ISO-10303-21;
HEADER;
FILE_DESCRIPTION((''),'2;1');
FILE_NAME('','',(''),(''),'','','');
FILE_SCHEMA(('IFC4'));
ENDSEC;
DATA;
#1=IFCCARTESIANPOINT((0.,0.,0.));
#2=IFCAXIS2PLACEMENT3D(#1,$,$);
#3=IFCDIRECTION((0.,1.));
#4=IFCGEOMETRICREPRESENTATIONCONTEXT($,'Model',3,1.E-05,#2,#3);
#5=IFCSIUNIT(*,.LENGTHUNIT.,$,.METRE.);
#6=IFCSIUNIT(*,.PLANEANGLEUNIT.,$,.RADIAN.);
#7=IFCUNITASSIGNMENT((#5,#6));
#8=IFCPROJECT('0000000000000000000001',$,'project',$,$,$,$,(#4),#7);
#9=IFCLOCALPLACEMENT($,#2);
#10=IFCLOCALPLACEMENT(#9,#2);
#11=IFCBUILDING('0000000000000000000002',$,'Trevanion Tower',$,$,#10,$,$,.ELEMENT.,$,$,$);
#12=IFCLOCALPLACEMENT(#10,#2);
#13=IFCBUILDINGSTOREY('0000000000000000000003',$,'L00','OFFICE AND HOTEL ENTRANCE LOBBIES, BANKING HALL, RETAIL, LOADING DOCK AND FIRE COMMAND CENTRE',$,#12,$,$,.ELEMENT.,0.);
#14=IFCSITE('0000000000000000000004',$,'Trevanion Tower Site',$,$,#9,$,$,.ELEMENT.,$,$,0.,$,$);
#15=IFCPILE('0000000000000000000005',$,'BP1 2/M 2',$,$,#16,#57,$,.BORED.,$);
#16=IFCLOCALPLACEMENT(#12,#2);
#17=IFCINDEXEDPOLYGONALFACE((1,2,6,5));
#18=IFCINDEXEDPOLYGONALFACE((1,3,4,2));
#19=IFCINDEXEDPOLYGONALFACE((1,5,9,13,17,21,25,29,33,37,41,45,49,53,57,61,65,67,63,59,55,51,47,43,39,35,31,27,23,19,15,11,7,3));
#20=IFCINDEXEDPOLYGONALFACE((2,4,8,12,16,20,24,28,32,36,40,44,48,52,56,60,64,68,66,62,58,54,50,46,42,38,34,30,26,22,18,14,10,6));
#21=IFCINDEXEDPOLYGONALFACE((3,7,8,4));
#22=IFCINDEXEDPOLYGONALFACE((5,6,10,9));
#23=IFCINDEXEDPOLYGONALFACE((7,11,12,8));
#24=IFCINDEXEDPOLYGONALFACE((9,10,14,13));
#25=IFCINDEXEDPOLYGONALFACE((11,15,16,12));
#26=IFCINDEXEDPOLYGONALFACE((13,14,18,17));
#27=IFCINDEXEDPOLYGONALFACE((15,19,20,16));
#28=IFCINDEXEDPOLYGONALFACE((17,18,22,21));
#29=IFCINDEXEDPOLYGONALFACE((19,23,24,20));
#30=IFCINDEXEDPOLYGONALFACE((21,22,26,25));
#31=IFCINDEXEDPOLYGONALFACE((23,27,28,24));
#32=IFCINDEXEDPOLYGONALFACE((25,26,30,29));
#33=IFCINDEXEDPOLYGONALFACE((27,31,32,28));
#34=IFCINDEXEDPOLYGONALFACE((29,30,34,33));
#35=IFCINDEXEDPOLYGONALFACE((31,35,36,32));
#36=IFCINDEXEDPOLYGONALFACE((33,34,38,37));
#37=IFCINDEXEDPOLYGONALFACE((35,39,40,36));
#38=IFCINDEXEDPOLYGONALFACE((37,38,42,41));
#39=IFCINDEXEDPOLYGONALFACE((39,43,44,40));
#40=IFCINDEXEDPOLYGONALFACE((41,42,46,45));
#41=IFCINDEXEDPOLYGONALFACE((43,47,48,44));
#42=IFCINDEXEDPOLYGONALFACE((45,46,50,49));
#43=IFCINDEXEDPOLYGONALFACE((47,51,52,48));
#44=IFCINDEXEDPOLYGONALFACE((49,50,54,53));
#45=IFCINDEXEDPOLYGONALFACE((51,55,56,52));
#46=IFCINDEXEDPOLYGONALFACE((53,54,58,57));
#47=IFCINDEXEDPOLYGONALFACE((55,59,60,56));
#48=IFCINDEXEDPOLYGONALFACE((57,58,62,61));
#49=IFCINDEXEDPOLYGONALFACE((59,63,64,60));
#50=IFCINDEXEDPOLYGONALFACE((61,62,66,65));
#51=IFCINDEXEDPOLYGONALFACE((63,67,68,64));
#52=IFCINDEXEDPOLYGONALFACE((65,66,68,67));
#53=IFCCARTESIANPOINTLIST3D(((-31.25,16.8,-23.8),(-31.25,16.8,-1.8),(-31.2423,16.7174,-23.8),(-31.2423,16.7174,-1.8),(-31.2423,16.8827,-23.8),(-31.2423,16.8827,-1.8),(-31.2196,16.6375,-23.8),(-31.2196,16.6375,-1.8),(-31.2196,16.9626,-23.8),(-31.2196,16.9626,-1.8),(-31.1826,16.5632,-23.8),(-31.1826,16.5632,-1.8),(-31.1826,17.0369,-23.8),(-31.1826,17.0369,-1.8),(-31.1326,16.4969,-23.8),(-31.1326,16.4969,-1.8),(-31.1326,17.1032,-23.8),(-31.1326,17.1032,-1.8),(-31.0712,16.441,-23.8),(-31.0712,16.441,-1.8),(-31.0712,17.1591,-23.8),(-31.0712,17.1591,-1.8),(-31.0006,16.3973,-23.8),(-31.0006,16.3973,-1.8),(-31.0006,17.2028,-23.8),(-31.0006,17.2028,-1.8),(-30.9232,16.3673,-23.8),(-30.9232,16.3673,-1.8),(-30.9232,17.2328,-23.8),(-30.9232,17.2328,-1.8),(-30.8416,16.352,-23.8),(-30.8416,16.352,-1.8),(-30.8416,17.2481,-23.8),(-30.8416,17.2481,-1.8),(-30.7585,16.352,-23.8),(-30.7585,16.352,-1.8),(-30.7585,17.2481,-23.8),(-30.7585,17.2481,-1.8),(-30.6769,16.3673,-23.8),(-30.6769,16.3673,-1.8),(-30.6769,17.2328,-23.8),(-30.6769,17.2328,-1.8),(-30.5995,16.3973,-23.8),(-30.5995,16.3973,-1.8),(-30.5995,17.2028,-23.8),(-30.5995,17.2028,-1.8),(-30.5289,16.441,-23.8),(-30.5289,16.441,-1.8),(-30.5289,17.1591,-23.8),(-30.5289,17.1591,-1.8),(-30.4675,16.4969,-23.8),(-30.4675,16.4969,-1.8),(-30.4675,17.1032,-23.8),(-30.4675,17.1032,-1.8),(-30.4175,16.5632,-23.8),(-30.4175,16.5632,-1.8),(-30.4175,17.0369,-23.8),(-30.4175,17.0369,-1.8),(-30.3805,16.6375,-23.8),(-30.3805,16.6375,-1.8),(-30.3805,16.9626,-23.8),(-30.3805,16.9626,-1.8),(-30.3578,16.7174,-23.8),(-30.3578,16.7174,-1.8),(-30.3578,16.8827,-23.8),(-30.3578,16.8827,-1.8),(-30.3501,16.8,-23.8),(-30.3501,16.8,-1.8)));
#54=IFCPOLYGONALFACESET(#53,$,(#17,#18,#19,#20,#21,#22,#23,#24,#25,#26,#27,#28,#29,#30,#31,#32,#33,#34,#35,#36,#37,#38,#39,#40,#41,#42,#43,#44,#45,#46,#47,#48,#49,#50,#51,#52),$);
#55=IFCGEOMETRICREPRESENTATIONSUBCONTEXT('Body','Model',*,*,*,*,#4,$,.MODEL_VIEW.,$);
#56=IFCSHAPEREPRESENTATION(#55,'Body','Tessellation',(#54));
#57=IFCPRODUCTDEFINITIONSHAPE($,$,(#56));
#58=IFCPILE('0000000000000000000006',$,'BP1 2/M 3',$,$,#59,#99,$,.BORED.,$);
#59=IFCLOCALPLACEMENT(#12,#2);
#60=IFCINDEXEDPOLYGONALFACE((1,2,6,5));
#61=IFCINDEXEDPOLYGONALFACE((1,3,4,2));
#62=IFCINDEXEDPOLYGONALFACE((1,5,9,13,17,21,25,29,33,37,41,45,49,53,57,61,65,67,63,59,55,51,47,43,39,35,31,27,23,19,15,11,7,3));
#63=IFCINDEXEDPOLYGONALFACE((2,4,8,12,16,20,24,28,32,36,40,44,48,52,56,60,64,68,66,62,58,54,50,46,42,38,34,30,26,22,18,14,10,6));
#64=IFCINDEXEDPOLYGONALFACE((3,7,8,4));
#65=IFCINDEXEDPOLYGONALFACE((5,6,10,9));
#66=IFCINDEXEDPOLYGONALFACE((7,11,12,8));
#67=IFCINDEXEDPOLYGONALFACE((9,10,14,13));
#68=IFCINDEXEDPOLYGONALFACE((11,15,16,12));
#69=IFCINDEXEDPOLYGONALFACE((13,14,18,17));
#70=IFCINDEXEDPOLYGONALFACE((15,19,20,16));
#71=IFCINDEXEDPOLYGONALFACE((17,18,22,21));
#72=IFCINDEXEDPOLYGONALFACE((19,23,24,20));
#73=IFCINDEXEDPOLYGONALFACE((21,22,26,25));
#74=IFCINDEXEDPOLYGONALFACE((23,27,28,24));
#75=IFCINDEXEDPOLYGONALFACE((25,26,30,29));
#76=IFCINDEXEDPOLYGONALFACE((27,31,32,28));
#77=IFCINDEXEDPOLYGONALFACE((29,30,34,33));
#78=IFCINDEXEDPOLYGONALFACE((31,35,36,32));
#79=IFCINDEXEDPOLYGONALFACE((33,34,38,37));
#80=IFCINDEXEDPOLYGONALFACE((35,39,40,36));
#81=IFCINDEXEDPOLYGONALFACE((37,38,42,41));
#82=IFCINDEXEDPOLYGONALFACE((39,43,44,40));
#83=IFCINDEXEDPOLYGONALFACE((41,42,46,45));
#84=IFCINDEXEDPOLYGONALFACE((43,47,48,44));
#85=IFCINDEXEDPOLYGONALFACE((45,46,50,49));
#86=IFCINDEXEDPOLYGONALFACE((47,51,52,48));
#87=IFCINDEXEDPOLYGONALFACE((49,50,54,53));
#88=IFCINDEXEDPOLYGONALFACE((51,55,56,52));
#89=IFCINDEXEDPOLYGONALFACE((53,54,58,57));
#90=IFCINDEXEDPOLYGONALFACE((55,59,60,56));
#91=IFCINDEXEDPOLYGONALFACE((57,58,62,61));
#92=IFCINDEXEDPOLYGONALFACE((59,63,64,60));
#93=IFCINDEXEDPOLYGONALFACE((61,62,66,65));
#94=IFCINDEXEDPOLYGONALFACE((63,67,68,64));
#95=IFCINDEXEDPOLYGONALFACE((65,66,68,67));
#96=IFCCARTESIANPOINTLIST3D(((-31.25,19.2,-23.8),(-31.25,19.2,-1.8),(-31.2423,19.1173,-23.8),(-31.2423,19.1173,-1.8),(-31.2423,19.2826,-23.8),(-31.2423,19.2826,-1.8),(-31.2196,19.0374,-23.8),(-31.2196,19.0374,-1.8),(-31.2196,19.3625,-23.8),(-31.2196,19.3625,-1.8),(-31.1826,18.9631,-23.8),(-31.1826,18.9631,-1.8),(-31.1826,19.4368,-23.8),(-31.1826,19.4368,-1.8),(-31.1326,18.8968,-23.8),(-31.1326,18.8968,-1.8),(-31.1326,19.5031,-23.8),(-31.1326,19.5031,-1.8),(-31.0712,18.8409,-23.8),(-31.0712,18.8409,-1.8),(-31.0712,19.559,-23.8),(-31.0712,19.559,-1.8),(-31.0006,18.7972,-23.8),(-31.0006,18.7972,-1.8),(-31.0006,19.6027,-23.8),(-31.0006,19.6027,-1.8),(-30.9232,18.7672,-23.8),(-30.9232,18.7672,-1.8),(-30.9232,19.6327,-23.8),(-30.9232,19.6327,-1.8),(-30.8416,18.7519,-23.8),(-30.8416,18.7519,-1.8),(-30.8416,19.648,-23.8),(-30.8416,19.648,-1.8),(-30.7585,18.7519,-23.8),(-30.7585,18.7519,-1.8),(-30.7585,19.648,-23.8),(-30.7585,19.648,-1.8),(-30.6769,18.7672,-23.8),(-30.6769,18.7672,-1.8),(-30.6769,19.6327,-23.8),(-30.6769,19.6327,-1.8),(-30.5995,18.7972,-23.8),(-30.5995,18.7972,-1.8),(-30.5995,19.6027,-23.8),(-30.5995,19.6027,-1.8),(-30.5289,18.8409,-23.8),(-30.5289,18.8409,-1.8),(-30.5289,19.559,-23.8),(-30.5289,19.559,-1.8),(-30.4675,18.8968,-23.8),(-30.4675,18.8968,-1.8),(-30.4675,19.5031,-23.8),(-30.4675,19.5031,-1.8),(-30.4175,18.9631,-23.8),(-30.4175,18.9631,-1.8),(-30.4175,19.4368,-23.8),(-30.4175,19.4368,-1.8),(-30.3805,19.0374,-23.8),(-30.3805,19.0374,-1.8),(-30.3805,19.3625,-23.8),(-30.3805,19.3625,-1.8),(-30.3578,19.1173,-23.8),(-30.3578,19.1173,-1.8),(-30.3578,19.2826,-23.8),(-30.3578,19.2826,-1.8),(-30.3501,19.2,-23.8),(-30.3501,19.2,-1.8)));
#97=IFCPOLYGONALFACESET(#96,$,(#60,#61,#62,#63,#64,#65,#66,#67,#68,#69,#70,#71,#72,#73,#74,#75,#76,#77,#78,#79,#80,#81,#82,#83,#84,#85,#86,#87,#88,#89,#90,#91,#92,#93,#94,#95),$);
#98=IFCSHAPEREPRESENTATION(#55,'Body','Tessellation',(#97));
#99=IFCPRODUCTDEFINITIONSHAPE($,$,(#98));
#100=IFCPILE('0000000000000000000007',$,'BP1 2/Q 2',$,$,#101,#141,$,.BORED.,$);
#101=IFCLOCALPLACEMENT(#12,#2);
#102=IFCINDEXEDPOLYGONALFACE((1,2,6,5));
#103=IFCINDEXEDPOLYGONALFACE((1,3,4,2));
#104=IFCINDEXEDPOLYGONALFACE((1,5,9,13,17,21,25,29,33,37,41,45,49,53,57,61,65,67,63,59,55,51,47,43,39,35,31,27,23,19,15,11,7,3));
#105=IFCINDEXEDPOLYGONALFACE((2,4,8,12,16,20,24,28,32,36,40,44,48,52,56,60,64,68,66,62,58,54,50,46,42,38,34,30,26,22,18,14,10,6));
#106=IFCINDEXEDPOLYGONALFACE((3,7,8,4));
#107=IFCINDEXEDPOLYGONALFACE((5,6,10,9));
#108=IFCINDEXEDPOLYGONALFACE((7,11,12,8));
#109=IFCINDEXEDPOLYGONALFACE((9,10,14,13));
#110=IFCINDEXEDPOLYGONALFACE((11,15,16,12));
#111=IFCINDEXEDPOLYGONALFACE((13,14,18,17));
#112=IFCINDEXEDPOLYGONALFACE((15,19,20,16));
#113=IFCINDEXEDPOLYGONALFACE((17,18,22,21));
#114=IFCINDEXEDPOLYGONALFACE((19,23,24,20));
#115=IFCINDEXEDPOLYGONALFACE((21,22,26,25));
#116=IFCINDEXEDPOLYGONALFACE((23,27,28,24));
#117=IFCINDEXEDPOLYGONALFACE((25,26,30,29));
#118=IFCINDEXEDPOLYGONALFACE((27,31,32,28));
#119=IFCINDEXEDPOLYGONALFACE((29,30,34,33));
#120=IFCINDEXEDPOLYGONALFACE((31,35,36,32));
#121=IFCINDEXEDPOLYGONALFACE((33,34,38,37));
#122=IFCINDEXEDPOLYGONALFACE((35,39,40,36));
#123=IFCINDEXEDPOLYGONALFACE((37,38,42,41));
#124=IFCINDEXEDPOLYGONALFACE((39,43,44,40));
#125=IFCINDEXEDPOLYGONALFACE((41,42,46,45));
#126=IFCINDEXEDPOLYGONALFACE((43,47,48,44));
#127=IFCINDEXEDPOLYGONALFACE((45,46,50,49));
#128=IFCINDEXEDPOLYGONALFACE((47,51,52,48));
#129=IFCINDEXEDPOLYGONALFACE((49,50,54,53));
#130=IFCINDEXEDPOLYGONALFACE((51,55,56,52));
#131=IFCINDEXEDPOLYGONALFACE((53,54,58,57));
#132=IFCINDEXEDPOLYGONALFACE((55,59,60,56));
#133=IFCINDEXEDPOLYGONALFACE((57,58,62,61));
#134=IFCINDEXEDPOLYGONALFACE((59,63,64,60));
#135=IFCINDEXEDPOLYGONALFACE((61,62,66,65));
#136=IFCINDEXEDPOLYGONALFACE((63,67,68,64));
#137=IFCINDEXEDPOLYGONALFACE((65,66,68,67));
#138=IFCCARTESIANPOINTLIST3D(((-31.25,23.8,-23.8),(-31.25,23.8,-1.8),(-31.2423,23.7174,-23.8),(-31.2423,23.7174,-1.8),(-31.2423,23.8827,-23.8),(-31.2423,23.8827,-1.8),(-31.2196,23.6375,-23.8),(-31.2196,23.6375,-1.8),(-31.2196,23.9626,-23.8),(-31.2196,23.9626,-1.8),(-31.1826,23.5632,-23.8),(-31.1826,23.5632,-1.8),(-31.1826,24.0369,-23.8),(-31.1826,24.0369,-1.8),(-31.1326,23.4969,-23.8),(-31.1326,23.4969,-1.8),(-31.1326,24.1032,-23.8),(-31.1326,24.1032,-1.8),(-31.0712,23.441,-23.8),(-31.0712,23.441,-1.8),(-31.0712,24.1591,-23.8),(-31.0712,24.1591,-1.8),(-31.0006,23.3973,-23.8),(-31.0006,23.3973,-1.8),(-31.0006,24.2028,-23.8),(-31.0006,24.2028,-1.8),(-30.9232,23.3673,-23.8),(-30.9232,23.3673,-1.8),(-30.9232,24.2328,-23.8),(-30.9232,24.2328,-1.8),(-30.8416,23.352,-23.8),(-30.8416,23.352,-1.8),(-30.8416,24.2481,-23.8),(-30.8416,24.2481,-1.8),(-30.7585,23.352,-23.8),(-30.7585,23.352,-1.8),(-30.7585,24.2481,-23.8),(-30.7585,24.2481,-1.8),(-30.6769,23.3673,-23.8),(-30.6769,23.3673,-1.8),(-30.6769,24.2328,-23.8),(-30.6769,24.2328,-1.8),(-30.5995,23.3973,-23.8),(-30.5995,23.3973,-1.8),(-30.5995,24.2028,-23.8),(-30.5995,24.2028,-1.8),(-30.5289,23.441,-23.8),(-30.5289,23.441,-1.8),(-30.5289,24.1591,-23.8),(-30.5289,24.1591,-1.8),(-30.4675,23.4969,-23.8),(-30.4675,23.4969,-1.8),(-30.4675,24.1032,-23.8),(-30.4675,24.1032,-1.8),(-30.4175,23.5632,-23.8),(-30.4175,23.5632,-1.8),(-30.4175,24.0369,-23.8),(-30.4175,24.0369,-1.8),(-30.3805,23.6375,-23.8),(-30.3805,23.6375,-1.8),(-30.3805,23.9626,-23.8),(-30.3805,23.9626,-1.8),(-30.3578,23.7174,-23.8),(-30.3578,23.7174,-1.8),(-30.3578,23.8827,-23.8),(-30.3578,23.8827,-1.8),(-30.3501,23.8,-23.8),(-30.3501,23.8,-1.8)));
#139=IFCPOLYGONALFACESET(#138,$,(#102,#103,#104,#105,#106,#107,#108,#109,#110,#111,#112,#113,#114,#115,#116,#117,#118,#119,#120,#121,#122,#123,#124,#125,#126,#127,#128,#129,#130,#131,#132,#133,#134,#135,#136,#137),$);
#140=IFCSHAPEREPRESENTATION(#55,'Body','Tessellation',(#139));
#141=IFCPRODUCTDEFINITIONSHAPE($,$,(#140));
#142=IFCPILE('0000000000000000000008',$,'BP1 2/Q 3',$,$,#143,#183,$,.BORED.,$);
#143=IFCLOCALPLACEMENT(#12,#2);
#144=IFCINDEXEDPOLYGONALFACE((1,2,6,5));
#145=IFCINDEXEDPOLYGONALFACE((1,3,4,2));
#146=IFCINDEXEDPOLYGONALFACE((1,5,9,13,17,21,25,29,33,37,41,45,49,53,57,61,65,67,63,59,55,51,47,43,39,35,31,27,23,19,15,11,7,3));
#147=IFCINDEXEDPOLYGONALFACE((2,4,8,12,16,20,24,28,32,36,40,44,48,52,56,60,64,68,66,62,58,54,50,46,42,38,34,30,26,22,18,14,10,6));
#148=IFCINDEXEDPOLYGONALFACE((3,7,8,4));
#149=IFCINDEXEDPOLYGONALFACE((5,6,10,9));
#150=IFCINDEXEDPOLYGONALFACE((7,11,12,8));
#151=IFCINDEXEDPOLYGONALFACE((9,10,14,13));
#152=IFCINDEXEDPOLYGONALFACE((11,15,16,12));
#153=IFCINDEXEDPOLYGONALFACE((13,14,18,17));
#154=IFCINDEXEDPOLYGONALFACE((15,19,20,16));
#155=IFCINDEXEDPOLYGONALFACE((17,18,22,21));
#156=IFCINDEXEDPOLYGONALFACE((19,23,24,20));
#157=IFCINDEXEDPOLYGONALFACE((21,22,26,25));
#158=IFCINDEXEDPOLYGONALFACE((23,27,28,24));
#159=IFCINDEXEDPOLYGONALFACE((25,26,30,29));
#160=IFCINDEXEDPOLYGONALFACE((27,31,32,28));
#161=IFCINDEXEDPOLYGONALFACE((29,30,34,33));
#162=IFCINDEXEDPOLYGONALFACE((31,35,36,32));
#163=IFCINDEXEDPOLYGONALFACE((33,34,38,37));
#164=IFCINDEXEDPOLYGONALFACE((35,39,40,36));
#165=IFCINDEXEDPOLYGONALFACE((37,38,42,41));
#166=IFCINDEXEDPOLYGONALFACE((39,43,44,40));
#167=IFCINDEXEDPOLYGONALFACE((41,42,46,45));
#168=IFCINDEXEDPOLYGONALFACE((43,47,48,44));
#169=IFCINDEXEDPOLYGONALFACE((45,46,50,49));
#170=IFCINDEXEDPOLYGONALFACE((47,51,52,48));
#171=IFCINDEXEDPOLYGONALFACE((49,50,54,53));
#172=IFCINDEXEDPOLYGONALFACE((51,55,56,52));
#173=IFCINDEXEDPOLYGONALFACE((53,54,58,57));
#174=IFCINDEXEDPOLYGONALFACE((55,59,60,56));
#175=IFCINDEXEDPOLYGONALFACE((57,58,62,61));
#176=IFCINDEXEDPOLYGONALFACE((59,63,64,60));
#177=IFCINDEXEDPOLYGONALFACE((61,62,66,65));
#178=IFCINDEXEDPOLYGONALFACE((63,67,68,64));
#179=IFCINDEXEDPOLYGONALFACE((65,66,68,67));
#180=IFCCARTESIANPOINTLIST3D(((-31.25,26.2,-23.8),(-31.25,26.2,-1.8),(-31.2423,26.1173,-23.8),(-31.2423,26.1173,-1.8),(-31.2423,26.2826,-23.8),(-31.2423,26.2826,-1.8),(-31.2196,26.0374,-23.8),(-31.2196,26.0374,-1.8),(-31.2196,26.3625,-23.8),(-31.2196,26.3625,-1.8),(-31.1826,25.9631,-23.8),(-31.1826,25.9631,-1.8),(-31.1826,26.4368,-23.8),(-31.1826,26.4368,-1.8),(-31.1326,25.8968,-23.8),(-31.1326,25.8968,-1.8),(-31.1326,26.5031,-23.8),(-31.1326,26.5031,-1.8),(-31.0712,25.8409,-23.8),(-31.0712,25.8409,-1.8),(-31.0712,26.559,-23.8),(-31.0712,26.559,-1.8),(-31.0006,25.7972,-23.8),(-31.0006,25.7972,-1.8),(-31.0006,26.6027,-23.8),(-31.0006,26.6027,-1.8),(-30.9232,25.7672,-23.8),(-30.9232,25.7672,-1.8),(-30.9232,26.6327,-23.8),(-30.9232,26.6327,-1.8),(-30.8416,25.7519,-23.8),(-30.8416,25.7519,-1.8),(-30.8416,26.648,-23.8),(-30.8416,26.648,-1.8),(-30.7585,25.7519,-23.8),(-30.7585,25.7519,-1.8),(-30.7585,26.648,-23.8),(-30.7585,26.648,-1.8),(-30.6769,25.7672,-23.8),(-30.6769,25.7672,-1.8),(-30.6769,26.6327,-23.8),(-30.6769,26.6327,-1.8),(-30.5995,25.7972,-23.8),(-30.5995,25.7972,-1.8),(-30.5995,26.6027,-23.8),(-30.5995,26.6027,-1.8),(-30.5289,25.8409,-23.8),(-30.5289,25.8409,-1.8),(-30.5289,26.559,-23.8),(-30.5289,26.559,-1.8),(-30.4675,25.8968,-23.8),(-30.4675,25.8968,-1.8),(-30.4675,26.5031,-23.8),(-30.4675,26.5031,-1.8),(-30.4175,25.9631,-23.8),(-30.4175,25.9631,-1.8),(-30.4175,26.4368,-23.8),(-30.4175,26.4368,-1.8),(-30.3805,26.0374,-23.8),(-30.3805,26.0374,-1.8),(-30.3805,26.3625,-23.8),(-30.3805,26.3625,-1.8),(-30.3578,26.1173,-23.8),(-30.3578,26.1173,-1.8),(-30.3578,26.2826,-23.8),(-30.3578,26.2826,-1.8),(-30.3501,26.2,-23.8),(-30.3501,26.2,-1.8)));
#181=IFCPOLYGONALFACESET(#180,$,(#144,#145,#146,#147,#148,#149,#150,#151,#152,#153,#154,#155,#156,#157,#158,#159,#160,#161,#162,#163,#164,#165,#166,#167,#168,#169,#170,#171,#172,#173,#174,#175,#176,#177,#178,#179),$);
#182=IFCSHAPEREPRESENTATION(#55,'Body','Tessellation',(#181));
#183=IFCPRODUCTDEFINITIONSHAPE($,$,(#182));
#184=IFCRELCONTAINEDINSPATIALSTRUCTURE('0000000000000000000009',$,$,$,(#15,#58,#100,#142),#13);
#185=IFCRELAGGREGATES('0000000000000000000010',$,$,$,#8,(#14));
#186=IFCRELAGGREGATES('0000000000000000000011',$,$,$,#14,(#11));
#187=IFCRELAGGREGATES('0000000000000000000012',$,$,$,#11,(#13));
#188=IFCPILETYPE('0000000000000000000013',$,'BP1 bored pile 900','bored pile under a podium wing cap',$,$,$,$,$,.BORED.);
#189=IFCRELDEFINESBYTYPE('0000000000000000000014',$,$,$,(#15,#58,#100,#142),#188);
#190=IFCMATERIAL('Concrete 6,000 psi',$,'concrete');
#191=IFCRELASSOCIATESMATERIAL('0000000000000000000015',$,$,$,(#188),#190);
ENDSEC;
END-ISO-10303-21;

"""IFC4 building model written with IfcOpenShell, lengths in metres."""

from ifc_helpers import new_model, si_unit, direction, frame, origin, origin_2d, place, context, subcontext, project, spatial, circle, extrude, material, material_profile, profile_set, type_object, element, save


model = new_model("IFC4")

# Units and contexts
model_context = context("Model", 3, precision=1e-05, world=origin(), true_north=direction((0.0, 1.0)))
body_context = subcontext(model_context, "Body", "Model", "MODEL_VIEW")
ifc_project = project(units=[si_unit("LENGTHUNIT", "METRE"), si_unit("PLANEANGLEUNIT", "RADIAN")], contexts=[model_context])

# Site, building, storey
site_placement = place(None, origin())
site = spatial("IfcSite", under=ifc_project, at=site_placement, Name="Trevanion Tower Site", CompositionType="ELEMENT", RefElevation=0.0)
building_placement = place(site_placement, origin())
building = spatial("IfcBuilding", under=site, at=building_placement, Name="Trevanion Tower", CompositionType="ELEMENT")
storey_placement = place(building_placement, origin())
storey = spatial("IfcBuildingStorey", under=building, at=storey_placement, Name="L00", Description="OFFICE AND HOTEL ENTRANCE LOBBIES, BANKING HALL, RETAIL, LOADING DOCK AND FIRE COMMAND CENTRE", CompositionType="ELEMENT", Elevation=0.0)

# Piles
ifc_material_1 = material(Name="Concrete 6,000 psi", Category="concrete")
ifc_material_profile_1 = material_profile(ifc_material_1, circle(Radius=0.45, at=origin_2d()), Name="BP1 bored pile 900")
ifc_profile_set_1 = profile_set([ifc_material_profile_1], Name="Concrete 6,000 psi")
pile_type_1 = type_object("IfcPileType", Name="BP1 bored pile 900", Description="bored pile under a podium wing cap", PredefinedType="BORED", material=ifc_profile_set_1)
for number, where, z_axis, x_axis, name in (
    (1, (-30.8, 16.8, -1.8), (0.0, 0.0, -1.0), (1.0, 0.0, 0.0), "BP1 2/M 2"),
    (2, (-30.8, 19.2, -1.8), (0.0, 0.0, -1.0), (1.0, 0.0, 0.0), "BP1 2/M 3"),
    (3, (-30.8, 23.8, -1.8), (0.0, 0.0, -1.0), (1.0, 0.0, 0.0), "BP1 2/Q 2"),
    (4, (-30.8, 26.2, -1.8), (0.0, 0.0, -1.0), (1.0, 0.0, 0.0), "BP1 2/Q 3"),
):
    element("IfcPile", number, at=place(storey_placement, frame(where, z_axis=z_axis, x_axis=x_axis)), inside=storey, type_object=pile_type_1, Name=name, PredefinedType="BORED", context=body_context, shape_type="SweptSolid", body=[
        extrude(circle(Radius=0.45, at=origin_2d()), origin(), (0.0, 0.0, 1.0), 22.0),
    ])

save(model, "model.ifc")
